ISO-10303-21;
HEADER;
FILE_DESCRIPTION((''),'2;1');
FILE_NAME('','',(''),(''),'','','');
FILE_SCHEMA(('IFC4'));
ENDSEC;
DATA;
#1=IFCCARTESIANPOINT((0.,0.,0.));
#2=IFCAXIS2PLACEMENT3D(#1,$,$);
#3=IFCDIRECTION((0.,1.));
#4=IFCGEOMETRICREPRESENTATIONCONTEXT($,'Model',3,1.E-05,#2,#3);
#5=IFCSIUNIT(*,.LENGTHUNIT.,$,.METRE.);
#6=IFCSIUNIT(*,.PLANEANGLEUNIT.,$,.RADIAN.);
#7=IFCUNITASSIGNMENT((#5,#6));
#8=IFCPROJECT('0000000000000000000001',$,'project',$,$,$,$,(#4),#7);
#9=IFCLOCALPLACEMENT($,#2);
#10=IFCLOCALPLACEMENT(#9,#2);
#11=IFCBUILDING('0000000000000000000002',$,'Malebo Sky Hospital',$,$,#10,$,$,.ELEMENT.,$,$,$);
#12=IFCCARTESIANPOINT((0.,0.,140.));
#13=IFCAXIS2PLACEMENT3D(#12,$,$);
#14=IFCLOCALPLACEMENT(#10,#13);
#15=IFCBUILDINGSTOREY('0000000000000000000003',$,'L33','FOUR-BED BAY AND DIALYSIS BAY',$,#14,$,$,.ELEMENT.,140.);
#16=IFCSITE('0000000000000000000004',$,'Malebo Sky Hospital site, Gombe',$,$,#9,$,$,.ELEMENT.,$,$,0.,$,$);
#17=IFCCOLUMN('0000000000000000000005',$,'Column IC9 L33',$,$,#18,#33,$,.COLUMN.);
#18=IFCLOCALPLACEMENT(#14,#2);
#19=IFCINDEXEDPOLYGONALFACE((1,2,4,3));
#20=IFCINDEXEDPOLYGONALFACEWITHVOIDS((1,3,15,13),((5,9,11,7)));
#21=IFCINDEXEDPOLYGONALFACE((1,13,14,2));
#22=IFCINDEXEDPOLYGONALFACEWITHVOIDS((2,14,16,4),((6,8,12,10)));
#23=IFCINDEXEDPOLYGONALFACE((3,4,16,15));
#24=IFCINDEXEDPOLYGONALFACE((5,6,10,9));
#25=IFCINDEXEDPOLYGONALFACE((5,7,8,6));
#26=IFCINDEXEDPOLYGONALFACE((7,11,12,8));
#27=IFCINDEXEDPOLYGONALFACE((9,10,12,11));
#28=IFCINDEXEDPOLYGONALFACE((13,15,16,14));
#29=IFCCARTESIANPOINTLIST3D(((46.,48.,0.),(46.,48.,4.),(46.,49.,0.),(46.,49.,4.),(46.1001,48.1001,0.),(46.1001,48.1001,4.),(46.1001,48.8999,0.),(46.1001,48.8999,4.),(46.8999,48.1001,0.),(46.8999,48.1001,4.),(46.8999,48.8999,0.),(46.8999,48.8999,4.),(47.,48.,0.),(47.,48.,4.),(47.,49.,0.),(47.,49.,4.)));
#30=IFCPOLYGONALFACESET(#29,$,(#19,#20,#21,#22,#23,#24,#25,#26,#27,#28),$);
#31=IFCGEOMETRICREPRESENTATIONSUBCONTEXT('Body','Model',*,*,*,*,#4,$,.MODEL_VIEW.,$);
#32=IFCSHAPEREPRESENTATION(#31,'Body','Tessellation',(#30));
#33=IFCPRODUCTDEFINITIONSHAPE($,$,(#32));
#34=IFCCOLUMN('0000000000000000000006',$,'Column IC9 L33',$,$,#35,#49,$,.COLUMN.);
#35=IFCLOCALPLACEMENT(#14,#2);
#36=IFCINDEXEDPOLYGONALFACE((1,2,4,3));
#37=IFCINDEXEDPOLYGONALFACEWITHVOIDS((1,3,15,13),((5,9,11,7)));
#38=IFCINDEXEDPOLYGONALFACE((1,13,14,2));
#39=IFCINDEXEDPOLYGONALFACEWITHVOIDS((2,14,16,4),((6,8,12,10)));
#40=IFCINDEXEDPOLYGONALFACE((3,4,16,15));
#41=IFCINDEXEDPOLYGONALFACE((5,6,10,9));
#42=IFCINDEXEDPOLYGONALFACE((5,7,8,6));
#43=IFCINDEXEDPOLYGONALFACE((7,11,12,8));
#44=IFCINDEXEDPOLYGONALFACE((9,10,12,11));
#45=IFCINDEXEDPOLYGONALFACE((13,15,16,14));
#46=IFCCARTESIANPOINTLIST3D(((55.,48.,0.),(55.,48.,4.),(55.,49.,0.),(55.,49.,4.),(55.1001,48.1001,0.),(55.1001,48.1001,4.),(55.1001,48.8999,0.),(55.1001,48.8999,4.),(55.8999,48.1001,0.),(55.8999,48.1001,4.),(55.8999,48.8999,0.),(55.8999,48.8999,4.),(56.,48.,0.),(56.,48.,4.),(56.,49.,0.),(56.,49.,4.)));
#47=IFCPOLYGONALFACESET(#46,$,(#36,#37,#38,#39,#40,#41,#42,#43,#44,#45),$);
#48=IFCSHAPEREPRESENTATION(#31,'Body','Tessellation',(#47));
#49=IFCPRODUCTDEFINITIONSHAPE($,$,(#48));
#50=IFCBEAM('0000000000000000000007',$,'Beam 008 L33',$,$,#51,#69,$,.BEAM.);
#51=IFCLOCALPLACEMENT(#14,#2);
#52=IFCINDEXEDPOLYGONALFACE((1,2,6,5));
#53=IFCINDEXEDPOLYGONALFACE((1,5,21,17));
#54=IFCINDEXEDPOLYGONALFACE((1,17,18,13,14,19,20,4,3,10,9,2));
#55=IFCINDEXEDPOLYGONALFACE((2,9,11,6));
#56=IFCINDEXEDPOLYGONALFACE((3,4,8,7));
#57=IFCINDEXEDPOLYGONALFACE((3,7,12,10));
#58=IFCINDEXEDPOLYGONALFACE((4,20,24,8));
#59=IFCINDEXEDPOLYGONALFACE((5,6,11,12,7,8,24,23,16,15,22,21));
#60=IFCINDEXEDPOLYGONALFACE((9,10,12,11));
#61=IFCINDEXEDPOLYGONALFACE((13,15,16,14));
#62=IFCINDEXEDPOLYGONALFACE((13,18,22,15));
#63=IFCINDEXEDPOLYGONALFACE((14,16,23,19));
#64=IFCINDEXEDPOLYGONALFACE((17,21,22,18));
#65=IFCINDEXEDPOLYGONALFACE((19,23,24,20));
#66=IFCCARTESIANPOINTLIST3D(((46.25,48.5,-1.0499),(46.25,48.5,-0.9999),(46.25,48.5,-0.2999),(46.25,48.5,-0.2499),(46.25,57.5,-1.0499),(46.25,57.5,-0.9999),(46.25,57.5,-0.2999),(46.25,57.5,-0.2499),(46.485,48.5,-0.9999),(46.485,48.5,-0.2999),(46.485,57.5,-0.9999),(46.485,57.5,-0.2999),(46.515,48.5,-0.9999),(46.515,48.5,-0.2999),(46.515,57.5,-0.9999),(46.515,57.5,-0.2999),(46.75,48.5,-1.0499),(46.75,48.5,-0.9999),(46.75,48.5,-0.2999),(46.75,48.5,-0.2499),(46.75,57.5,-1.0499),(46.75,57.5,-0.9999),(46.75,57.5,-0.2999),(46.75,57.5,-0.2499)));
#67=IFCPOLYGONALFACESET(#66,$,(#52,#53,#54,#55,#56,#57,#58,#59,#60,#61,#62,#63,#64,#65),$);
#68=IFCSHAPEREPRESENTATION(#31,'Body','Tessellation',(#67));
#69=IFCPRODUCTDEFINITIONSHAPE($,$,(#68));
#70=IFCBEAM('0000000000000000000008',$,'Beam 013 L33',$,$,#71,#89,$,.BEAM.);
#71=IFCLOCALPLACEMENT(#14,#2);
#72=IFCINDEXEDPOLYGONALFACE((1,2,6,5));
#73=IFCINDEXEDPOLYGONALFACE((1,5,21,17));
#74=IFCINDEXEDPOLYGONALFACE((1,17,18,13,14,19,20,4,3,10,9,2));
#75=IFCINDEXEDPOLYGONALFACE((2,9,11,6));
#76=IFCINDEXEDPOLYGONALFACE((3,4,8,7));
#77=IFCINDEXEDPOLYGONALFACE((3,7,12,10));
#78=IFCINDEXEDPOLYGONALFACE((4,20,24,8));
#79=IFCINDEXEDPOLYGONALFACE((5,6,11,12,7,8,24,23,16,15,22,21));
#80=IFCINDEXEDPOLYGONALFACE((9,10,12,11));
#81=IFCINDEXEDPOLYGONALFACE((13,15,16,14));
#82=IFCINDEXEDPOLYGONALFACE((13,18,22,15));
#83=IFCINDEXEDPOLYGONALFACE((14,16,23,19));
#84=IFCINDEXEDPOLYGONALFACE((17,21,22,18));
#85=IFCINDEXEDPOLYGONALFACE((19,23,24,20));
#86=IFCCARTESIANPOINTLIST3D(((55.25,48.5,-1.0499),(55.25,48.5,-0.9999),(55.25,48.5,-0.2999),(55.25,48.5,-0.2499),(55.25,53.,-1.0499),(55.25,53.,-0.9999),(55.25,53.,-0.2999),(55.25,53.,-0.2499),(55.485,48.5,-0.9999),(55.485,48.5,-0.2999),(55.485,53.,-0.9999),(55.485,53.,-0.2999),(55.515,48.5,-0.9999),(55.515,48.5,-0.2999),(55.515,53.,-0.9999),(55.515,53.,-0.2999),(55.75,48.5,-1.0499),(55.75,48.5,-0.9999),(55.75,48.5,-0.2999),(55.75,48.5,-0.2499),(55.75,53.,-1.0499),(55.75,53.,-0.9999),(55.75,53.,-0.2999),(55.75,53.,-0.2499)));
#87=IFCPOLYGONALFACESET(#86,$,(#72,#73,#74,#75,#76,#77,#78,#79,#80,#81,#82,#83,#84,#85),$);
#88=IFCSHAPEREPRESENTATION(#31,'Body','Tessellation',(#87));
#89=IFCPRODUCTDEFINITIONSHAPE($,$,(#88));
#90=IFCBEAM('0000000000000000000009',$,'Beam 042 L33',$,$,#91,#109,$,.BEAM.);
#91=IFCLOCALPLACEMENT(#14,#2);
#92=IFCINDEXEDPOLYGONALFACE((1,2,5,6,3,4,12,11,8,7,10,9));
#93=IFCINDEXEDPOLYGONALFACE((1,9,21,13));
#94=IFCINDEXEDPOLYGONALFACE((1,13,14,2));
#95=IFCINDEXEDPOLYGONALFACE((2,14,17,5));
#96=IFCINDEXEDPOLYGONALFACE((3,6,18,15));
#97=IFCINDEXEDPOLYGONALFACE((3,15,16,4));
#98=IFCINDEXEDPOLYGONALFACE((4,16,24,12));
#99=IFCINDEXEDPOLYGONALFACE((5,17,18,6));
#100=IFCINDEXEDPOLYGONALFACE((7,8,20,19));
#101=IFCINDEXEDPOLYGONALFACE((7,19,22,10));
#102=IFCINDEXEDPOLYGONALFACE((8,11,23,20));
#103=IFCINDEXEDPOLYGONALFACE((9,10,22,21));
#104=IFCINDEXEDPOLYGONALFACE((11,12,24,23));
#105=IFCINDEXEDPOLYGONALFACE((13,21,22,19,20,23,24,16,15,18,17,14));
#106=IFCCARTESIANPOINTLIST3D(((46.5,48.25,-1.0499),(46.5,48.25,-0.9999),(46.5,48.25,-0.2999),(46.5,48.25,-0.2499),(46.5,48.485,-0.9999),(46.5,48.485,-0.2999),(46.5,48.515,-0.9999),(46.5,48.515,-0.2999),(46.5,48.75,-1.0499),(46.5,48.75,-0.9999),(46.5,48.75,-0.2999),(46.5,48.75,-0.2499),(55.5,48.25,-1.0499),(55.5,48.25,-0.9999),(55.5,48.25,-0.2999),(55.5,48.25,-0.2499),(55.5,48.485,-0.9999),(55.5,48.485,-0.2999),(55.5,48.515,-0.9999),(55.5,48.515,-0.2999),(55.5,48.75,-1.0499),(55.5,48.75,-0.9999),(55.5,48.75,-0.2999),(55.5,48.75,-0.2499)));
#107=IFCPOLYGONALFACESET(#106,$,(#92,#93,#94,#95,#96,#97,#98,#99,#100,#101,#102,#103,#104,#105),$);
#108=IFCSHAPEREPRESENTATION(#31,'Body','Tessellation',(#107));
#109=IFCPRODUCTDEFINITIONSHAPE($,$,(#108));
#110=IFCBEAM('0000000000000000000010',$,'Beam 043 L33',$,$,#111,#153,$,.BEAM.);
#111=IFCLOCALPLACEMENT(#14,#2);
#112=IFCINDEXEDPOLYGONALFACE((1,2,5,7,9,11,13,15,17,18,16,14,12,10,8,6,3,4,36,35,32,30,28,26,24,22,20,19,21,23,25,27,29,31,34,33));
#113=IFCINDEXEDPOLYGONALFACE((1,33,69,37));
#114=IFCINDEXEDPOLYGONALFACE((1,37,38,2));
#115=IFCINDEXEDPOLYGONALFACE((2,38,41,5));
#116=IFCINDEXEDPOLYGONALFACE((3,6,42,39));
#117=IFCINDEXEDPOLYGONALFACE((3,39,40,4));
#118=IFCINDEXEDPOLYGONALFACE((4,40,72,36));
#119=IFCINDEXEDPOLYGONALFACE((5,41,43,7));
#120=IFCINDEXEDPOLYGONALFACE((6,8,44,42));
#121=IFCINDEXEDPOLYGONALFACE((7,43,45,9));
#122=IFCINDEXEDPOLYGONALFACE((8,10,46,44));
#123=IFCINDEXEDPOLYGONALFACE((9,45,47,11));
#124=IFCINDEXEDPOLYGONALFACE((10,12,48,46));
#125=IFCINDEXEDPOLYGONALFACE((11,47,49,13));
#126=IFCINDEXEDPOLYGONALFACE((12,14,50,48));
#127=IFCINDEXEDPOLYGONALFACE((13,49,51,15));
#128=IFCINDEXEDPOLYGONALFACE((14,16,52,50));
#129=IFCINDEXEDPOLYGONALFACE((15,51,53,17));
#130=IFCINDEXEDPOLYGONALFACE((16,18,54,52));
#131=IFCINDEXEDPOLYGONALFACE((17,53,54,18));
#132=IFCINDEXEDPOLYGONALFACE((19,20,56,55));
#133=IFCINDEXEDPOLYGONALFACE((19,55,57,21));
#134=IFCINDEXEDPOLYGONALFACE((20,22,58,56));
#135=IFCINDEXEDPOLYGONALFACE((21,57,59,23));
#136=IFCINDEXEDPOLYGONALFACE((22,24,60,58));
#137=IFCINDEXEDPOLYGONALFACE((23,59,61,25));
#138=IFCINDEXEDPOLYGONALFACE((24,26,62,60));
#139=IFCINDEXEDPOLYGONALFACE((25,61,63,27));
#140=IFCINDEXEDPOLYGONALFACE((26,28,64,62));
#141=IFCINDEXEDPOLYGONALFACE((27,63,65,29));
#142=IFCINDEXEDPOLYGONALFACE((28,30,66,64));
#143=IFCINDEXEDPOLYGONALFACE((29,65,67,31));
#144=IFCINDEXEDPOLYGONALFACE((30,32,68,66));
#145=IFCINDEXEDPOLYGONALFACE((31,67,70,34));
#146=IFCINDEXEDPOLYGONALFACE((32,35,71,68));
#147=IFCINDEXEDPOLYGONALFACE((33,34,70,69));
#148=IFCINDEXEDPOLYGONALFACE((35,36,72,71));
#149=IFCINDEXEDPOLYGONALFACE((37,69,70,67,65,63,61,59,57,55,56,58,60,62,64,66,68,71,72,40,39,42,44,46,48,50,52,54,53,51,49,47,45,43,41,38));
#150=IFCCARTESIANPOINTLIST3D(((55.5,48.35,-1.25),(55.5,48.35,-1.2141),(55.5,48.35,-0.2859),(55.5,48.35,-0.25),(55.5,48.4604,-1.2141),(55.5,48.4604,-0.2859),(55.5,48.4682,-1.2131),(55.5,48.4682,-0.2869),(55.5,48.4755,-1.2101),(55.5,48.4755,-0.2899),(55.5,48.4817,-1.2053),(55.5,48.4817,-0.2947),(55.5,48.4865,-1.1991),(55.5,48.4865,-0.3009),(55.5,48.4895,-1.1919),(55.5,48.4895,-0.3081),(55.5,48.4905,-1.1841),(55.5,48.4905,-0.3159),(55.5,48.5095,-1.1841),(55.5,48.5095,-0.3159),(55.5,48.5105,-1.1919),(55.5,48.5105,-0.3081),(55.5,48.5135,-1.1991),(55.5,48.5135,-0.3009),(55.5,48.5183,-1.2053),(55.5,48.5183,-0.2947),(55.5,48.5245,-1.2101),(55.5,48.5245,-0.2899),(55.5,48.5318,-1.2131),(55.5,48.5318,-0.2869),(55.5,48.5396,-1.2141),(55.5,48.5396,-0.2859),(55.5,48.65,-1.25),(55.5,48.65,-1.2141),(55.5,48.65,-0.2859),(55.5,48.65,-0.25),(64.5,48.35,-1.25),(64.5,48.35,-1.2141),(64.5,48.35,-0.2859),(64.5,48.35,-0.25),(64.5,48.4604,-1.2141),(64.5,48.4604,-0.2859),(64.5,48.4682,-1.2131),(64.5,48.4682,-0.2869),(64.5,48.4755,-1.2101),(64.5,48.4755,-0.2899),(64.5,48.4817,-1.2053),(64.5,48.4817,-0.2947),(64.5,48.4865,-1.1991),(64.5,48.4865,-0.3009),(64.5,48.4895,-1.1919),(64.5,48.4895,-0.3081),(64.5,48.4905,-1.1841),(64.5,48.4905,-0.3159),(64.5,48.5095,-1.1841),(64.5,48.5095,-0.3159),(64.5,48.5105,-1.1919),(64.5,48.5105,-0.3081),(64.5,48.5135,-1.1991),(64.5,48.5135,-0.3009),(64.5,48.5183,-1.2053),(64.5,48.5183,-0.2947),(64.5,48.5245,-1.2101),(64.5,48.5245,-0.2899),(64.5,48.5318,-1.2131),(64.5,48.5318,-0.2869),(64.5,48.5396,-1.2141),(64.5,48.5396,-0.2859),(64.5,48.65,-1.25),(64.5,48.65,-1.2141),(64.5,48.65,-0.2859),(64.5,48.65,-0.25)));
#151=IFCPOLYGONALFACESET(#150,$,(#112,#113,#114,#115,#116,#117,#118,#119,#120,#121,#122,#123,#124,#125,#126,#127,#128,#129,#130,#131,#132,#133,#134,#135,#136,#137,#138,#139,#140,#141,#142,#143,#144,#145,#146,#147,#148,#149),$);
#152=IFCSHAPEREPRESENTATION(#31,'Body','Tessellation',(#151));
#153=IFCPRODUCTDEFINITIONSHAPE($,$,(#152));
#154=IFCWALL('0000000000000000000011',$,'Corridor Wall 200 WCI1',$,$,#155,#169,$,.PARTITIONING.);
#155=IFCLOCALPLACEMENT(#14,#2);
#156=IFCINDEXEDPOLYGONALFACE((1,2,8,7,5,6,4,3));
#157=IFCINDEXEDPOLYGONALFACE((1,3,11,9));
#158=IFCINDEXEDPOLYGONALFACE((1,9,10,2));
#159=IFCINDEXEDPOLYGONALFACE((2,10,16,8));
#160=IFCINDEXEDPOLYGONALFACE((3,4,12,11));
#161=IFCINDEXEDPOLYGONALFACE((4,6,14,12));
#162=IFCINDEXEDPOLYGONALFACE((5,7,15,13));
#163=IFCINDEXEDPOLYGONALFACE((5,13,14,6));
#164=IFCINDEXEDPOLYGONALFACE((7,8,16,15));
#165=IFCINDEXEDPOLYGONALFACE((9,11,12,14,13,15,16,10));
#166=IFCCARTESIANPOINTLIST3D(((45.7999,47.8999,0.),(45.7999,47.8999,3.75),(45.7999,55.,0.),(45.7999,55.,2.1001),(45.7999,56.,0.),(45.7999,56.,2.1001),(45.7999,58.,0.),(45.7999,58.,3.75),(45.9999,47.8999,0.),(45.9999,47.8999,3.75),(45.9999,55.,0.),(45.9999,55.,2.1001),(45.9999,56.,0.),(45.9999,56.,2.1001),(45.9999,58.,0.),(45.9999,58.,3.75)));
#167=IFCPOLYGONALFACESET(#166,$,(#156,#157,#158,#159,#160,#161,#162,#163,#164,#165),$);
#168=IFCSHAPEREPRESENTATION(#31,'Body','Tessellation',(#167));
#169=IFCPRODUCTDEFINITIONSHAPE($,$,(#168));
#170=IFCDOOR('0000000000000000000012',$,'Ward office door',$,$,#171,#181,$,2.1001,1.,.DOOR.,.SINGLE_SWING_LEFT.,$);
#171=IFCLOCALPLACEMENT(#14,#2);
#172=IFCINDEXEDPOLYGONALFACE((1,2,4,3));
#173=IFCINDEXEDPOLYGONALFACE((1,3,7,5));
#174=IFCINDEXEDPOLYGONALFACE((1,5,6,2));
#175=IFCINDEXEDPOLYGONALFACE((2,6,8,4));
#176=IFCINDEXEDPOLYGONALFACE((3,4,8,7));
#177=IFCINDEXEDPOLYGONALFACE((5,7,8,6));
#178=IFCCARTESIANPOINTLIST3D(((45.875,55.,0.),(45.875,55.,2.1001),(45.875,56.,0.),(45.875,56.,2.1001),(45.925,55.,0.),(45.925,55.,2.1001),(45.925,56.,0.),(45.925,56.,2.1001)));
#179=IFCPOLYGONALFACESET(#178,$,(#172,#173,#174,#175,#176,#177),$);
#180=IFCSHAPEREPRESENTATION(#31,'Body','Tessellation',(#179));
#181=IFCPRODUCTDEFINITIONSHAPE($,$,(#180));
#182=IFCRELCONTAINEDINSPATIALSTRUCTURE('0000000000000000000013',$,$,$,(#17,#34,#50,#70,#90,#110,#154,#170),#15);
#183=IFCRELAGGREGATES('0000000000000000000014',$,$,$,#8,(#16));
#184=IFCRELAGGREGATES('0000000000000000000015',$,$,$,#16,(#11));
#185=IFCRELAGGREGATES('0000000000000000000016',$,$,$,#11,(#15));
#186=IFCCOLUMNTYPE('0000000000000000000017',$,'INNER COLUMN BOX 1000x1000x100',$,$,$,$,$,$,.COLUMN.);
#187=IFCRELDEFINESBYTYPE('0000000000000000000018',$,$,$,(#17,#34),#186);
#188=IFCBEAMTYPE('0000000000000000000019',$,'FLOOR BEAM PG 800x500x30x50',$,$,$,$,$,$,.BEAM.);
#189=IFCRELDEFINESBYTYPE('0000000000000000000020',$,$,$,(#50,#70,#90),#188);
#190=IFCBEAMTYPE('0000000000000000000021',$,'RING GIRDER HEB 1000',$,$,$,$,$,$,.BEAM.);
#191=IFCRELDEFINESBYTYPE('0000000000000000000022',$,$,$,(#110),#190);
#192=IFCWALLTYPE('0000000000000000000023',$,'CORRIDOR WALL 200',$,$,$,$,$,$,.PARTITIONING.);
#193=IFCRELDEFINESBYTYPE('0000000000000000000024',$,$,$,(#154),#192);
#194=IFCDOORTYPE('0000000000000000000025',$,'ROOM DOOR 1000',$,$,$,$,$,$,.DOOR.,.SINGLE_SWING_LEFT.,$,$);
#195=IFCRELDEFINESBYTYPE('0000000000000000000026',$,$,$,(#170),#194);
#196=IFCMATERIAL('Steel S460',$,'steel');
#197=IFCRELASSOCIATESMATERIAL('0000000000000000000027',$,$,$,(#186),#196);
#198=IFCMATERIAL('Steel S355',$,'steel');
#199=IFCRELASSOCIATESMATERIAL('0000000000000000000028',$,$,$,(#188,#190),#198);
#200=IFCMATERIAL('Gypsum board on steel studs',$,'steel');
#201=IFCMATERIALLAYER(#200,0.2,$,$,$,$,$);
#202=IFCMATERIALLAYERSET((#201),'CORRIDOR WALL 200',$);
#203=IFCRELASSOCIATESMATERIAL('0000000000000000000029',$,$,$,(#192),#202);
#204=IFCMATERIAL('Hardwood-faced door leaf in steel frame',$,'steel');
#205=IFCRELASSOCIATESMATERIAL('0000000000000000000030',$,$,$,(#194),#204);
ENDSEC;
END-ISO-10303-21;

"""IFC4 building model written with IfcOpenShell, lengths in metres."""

from ifc_helpers import new_model, si_unit, direction, frame, frame_2d, origin, origin_2d, place, context, subcontext, project, spatial, rectangle, hollow_rectangle, i_section, extrude, material, layer, layer_set, material_profile, profile_set, type_object, element, fill, save


model = new_model("IFC4")

# Units and contexts
model_context = context("Model", 3, precision=1e-05, world=origin(), true_north=direction((0.0, 1.0)))
body_context = subcontext(model_context, "Body", "Model", "MODEL_VIEW")
ifc_project = project(units=[si_unit("LENGTHUNIT", "METRE"), si_unit("PLANEANGLEUNIT", "RADIAN")], contexts=[model_context])

# Site, building, storey
site_placement = place(None, origin())
site = spatial("IfcSite", under=ifc_project, at=site_placement, Name="Malebo Sky Hospital site, Gombe", CompositionType="ELEMENT", RefElevation=0.0)
building_placement = place(site_placement, origin())
building = spatial("IfcBuilding", under=site, at=building_placement, Name="Malebo Sky Hospital", CompositionType="ELEMENT")
storey_placement = place(building_placement, frame((0.0, 0.0, 140.0)))
storey = spatial("IfcBuildingStorey", under=building, at=storey_placement, Name="L33", Description="FOUR-BED BAY AND DIALYSIS BAY", CompositionType="ELEMENT", Elevation=140.0)

# Columns
ifc_material_1 = material(Name="Steel S460", Category="steel")
ifc_material_profile_1 = material_profile(ifc_material_1, hollow_rectangle(XDim=1.0, YDim=1.0, WallThickness=0.1001, at=origin_2d()), Name="BOX 1000x1000x100")
ifc_profile_set_1 = profile_set([ifc_material_profile_1], Name="Steel S460")
column_type = type_object("IfcColumnType", Name="INNER COLUMN BOX 1000x1000x100", PredefinedType="COLUMN", material=ifc_profile_set_1)
for number, where, z_axis, x_axis, name in (
    (1, (46.5, 48.5, 0.0), (0.0, 0.0, 1.0), (1.0, 0.0, 0.0), "Column IC9 L33"),
    (2, (55.5, 48.5, 0.0), (0.0, 0.0, 1.0), (1.0, 0.0, 0.0), "Column IC9 L33"),
):
    element("IfcColumn", number, at=place(storey_placement, frame(where, z_axis=z_axis, x_axis=x_axis)), inside=storey, type_object=column_type, Name=name, PredefinedType="COLUMN", context=body_context, shape_type="SweptSolid", body=[
        extrude(hollow_rectangle(XDim=1.0, YDim=1.0, WallThickness=0.1001, at=origin_2d()), origin(), (0.0, 0.0, 1.0), 4.0),
    ])

# Beams
ifc_material_2 = material(Name="Steel S355", Category="steel")
ifc_material_profile_2 = material_profile(ifc_material_2, i_section(OverallWidth=0.5, OverallDepth=0.8, WebThickness=0.03, FlangeThickness=0.05, at=origin_2d()), Name="PG 800x500x30x50")
ifc_profile_set_2 = profile_set([ifc_material_profile_2], Name="Steel S355")
beam_type_1 = type_object("IfcBeamType", Name="FLOOR BEAM PG 800x500x30x50", PredefinedType="BEAM", material=ifc_profile_set_2)
beam_1_placement = place(storey_placement, frame((46.5, 48.5, -0.6499), z_axis=(0.0, 1.0, 0.0), x_axis=(-1.0, 0.0, 0.0)))
element("IfcBeam", 3, at=beam_1_placement, inside=storey, type_object=beam_type_1, Name="Beam 008 L33", PredefinedType="BEAM", context=body_context, shape_type="SweptSolid", body=[
    extrude(i_section(OverallWidth=0.5, OverallDepth=0.8, WebThickness=0.03, FlangeThickness=0.05, at=origin_2d()), origin(), (0.0, 0.0, 1.0), 9.0),
])
beam_2_placement = place(storey_placement, frame((55.5, 48.5, -0.6499), z_axis=(0.0, 1.0, 0.0), x_axis=(-1.0, 0.0, 0.0)))
element("IfcBeam", 4, at=beam_2_placement, inside=storey, type_object=beam_type_1, Name="Beam 013 L33", PredefinedType="BEAM", context=body_context, shape_type="SweptSolid", body=[
    extrude(i_section(OverallWidth=0.5, OverallDepth=0.8, WebThickness=0.03, FlangeThickness=0.05, at=origin_2d()), origin(), (0.0, 0.0, 1.0), 4.5),
])
beam_3_placement = place(storey_placement, frame((46.5, 48.5, -0.6499), z_axis=(1.0, 0.0, 0.0), x_axis=(0.0, 1.0, 0.0)))
element("IfcBeam", 5, at=beam_3_placement, inside=storey, type_object=beam_type_1, Name="Beam 042 L33", PredefinedType="BEAM", context=body_context, shape_type="SweptSolid", body=[
    extrude(i_section(OverallWidth=0.5, OverallDepth=0.8, WebThickness=0.03, FlangeThickness=0.05, at=origin_2d()), origin(), (0.0, 0.0, 1.0), 9.0),
])
ifc_material_profile_3 = material_profile(ifc_material_2, i_section(OverallWidth=0.3, OverallDepth=1.0, WebThickness=0.019, FlangeThickness=0.0359, FilletRadius=0.03, at=origin_2d()), Name="HEB 1000")
ifc_profile_set_3 = profile_set([ifc_material_profile_3], Name="Steel S355")
beam_type_2 = type_object("IfcBeamType", Name="RING GIRDER HEB 1000", PredefinedType="BEAM", material=ifc_profile_set_3)
beam_4_placement = place(storey_placement, frame((55.5, 48.5, -0.75), z_axis=(1.0, 0.0, 0.0), x_axis=(0.0, 1.0, 0.0)))
element("IfcBeam", 6, at=beam_4_placement, inside=storey, type_object=beam_type_2, Name="Beam 043 L33", PredefinedType="BEAM", context=body_context, shape_type="SweptSolid", body=[
    extrude(i_section(OverallWidth=0.3, OverallDepth=1.0, WebThickness=0.019, FlangeThickness=0.0359, FilletRadius=0.03, at=origin_2d()), origin(), (0.0, 0.0, 1.0), 9.0),
])

# Wall, opening, door
ifc_material_3 = material(Name="Gypsum board on steel studs", Category="steel")
ifc_layer_1 = layer(ifc_material_3, 0.2)
ifc_layer_set_1 = layer_set([ifc_layer_1], Name="CORRIDOR WALL 200")
wall_type_1 = type_object("IfcWallType", Name="CORRIDOR WALL 200", PredefinedType="PARTITIONING", material=ifc_layer_set_1)
wall_1_placement = place(storey_placement, frame((45.8999, 47.8999, 0.0), z_axis=(0.0, 0.0, 1.0), x_axis=(0.0, 1.0, 0.0)))
wall_1 = element("IfcWall", 7, at=wall_1_placement, inside=storey, type_object=wall_type_1, Name="Corridor Wall 200 WCI1", PredefinedType="PARTITIONING", context=body_context, shape_type="SweptSolid", body=[
    extrude(rectangle(XDim=10.1001, YDim=0.2, at=frame_2d((5.05, 0.0))), origin(), (0.0, 0.0, 1.0), 3.75),
])
opening_1_placement = place(wall_1_placement, frame((7.1001, 0.0, 0.0)))
opening_1 = element("IfcOpeningElement", 8, at=opening_1_placement, cuts=wall_1, PredefinedType="OPENING", context=body_context, shape_type="SweptSolid", body=[
    extrude(rectangle(XDim=1.0, YDim=2.1001, at=frame_2d((0.5, 1.05))), frame((0.0, 0.1099, 0.0), z_axis=(0.0, -1.0, 0.0), x_axis=(1.0, 0.0, 0.0)), (0.0, 0.0, 1.0), 0.22),
])
ifc_material_4 = material(Name="Hardwood-faced door leaf in steel frame", Category="steel")
door_type = type_object("IfcDoorType", Name="ROOM DOOR 1000", OperationType="SINGLE_SWING_LEFT", PredefinedType="DOOR", material=ifc_material_4)
door_1_placement = place(opening_1_placement, origin())
door_1 = element("IfcDoor", 9, at=door_1_placement, inside=storey, type_object=door_type, Name="Ward office door", OperationType="SINGLE_SWING_LEFT", OverallHeight=2.1001, OverallWidth=1.0, PredefinedType="DOOR", context=body_context, shape_type="SweptSolid", body=[
    extrude(rectangle(XDim=1.0, YDim=2.1001, at=frame_2d((0.5, 1.05))), frame((0.0, 0.0249, 0.0), z_axis=(0.0, -1.0, 0.0), x_axis=(1.0, 0.0, 0.0)), (0.0, 0.0, 1.0), 0.05),
])
fill(opening_1, door_1)

save(model, "model.ifc")
